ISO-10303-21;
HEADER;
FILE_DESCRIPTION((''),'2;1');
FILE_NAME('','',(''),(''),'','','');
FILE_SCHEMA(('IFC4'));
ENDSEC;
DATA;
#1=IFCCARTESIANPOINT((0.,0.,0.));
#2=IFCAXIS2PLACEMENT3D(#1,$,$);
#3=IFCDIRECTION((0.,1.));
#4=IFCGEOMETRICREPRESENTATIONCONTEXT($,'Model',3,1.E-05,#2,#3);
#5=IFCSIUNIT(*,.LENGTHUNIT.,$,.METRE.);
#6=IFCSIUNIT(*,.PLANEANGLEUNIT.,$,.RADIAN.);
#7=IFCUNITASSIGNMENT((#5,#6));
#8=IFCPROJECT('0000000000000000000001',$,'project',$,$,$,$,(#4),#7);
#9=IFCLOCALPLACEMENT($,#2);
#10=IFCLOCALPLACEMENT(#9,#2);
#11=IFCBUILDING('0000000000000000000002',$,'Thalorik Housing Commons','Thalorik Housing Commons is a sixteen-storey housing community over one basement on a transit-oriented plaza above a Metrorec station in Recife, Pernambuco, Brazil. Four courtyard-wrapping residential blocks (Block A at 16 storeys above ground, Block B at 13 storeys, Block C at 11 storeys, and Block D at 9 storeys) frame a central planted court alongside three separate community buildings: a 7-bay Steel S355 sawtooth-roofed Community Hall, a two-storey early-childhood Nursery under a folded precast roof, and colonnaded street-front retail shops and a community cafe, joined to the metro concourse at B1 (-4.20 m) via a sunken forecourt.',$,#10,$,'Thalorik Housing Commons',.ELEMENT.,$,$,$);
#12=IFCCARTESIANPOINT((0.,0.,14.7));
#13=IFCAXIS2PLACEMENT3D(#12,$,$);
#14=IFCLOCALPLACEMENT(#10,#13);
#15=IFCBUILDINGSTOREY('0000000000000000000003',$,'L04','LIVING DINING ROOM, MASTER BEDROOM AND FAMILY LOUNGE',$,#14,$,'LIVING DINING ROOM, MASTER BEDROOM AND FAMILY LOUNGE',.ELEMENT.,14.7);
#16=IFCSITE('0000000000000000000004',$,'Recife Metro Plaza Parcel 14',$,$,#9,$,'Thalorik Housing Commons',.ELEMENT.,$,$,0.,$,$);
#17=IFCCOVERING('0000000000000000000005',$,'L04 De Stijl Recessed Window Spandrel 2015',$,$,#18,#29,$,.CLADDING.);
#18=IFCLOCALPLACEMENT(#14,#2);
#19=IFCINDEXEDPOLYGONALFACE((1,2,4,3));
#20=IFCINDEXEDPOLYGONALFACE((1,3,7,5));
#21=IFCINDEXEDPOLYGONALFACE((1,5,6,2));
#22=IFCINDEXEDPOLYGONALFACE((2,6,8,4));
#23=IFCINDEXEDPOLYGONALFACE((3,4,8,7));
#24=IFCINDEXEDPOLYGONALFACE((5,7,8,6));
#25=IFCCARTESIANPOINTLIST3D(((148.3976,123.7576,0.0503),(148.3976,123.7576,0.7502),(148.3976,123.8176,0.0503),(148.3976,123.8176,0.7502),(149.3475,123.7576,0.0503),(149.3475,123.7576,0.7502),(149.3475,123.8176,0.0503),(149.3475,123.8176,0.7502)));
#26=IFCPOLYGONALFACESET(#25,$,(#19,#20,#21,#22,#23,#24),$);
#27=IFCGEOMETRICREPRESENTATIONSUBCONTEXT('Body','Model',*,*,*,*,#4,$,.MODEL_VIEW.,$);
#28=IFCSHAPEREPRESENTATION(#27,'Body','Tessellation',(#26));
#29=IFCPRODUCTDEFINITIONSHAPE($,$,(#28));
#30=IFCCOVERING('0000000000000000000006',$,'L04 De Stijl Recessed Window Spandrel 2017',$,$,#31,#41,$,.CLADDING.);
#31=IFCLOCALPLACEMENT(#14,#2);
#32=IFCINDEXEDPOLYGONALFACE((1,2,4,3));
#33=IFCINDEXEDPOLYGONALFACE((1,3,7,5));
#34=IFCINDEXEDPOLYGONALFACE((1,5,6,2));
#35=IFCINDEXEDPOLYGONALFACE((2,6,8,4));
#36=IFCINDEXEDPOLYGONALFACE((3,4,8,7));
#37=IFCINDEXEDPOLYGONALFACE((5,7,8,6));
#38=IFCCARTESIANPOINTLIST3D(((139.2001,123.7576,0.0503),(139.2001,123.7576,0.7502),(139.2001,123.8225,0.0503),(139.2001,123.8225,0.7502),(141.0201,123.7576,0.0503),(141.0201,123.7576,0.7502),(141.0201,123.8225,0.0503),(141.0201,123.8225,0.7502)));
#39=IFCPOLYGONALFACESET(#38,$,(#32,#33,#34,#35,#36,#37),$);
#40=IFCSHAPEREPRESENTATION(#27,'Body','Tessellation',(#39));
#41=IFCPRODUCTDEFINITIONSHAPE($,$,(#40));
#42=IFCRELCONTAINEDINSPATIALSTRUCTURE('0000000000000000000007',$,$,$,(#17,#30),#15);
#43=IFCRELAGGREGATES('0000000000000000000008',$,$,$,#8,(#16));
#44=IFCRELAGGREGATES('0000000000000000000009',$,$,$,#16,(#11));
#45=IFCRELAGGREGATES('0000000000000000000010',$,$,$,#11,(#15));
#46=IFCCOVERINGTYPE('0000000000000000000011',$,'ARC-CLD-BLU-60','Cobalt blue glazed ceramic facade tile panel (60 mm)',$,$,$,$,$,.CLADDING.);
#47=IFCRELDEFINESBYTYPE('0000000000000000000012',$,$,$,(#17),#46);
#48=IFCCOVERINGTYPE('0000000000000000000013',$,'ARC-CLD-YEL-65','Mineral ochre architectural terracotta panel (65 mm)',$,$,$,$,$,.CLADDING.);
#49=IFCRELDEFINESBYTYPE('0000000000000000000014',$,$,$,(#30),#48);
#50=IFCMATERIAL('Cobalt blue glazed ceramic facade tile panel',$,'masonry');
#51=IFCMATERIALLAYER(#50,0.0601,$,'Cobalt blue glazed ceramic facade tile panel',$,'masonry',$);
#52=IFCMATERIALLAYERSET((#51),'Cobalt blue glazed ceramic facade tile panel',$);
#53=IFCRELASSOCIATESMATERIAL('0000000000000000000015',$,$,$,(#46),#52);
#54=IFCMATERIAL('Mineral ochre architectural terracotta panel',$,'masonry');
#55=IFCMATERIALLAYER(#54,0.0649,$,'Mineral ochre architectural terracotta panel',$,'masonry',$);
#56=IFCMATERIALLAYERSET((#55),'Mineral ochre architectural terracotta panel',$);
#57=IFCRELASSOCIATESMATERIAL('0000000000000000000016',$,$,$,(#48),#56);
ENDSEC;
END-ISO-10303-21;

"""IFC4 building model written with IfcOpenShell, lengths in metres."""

from ifc_helpers import new_model, si_unit, direction, frame, origin, origin_2d, place, context, subcontext, project, spatial, rectangle, extrude, material, layer, layer_set, type_object, element, save


model = new_model("IFC4")

# Units and contexts
model_context = context("Model", 3, precision=1e-05, world=origin(), true_north=direction((0.0, 1.0)))
body_context = subcontext(model_context, "Body", "Model", "MODEL_VIEW")
ifc_project = project(units=[si_unit("LENGTHUNIT", "METRE"), si_unit("PLANEANGLEUNIT", "RADIAN")], contexts=[model_context])

# Site, building, storey
site_placement = place(None, origin())
site = spatial("IfcSite", under=ifc_project, at=site_placement, Name="Recife Metro Plaza Parcel 14", LongName="Thalorik Housing Commons", CompositionType="ELEMENT", RefElevation=0.0)
building_placement = place(site_placement, origin())
building = spatial("IfcBuilding", under=site, at=building_placement, Name="Thalorik Housing Commons", Description="Thalorik Housing Commons is a sixteen-storey housing community over one basement on a transit-oriented plaza above a Metrorec station in Recife, Pernambuco, Brazil. Four courtyard-wrapping residential blocks (Block A at 16 storeys above ground, Block B at 13 storeys, Block C at 11 storeys, and Block D at 9 storeys) frame a central planted court alongside three separate community buildings: a 7-bay Steel S355 sawtooth-roofed Community Hall, a two-storey early-childhood Nursery under a folded precast roof, and colonnaded street-front retail shops and a community cafe, joined to the metro concourse at B1 (-4.20 m) via a sunken forecourt.", LongName="Thalorik Housing Commons", CompositionType="ELEMENT")
storey_placement = place(building_placement, frame((0.0, 0.0, 14.7)))
storey = spatial("IfcBuildingStorey", under=building, at=storey_placement, Name="L04", Description="LIVING DINING ROOM, MASTER BEDROOM AND FAMILY LOUNGE", LongName="LIVING DINING ROOM, MASTER BEDROOM AND FAMILY LOUNGE", CompositionType="ELEMENT", Elevation=14.7)

# Coverings
ifc_material_1 = material(Name="Cobalt blue glazed ceramic facade tile panel", Category="masonry")
ifc_layer_1 = layer(ifc_material_1, 0.0601, Name="Cobalt blue glazed ceramic facade tile panel", Category="masonry")
ifc_layer_set_1 = layer_set([ifc_layer_1], Name="Cobalt blue glazed ceramic facade tile panel")
covering_type_1 = type_object("IfcCoveringType", Name="ARC-CLD-BLU-60", Description="Cobalt blue glazed ceramic facade tile panel (60 mm)", PredefinedType="CLADDING", material=ifc_layer_set_1)
covering_1_placement = place(storey_placement, frame((148.8726, 123.7876, 0.0503), z_axis=(0.0, 0.0, 1.0), x_axis=(-1.0, 0.0, 0.0)))
element("IfcCovering", 1, at=covering_1_placement, inside=storey, type_object=covering_type_1, Name="L04 De Stijl Recessed Window Spandrel 2015", PredefinedType="CLADDING", context=body_context, shape_type="SweptSolid", body=[
    extrude(rectangle(XDim=0.95, YDim=0.0601, at=origin_2d()), origin(), (0.0, 0.0, 1.0), 0.7),
])
ifc_material_2 = material(Name="Mineral ochre architectural terracotta panel", Category="masonry")
ifc_layer_2 = layer(ifc_material_2, 0.0649, Name="Mineral ochre architectural terracotta panel", Category="masonry")
ifc_layer_set_2 = layer_set([ifc_layer_2], Name="Mineral ochre architectural terracotta panel")
covering_type_2 = type_object("IfcCoveringType", Name="ARC-CLD-YEL-65", Description="Mineral ochre architectural terracotta panel (65 mm)", PredefinedType="CLADDING", material=ifc_layer_set_2)
covering_2_placement = place(storey_placement, frame((140.1101, 123.79, 0.0503), z_axis=(0.0, 0.0, 1.0), x_axis=(-1.0, 0.0, 0.0)))
element("IfcCovering", 2, at=covering_2_placement, inside=storey, type_object=covering_type_2, Name="L04 De Stijl Recessed Window Spandrel 2017", PredefinedType="CLADDING", context=body_context, shape_type="SweptSolid", body=[
    extrude(rectangle(XDim=1.8201, YDim=0.0649, at=origin_2d()), origin(), (0.0, 0.0, 1.0), 0.7),
])

save(model, "model.ifc")
